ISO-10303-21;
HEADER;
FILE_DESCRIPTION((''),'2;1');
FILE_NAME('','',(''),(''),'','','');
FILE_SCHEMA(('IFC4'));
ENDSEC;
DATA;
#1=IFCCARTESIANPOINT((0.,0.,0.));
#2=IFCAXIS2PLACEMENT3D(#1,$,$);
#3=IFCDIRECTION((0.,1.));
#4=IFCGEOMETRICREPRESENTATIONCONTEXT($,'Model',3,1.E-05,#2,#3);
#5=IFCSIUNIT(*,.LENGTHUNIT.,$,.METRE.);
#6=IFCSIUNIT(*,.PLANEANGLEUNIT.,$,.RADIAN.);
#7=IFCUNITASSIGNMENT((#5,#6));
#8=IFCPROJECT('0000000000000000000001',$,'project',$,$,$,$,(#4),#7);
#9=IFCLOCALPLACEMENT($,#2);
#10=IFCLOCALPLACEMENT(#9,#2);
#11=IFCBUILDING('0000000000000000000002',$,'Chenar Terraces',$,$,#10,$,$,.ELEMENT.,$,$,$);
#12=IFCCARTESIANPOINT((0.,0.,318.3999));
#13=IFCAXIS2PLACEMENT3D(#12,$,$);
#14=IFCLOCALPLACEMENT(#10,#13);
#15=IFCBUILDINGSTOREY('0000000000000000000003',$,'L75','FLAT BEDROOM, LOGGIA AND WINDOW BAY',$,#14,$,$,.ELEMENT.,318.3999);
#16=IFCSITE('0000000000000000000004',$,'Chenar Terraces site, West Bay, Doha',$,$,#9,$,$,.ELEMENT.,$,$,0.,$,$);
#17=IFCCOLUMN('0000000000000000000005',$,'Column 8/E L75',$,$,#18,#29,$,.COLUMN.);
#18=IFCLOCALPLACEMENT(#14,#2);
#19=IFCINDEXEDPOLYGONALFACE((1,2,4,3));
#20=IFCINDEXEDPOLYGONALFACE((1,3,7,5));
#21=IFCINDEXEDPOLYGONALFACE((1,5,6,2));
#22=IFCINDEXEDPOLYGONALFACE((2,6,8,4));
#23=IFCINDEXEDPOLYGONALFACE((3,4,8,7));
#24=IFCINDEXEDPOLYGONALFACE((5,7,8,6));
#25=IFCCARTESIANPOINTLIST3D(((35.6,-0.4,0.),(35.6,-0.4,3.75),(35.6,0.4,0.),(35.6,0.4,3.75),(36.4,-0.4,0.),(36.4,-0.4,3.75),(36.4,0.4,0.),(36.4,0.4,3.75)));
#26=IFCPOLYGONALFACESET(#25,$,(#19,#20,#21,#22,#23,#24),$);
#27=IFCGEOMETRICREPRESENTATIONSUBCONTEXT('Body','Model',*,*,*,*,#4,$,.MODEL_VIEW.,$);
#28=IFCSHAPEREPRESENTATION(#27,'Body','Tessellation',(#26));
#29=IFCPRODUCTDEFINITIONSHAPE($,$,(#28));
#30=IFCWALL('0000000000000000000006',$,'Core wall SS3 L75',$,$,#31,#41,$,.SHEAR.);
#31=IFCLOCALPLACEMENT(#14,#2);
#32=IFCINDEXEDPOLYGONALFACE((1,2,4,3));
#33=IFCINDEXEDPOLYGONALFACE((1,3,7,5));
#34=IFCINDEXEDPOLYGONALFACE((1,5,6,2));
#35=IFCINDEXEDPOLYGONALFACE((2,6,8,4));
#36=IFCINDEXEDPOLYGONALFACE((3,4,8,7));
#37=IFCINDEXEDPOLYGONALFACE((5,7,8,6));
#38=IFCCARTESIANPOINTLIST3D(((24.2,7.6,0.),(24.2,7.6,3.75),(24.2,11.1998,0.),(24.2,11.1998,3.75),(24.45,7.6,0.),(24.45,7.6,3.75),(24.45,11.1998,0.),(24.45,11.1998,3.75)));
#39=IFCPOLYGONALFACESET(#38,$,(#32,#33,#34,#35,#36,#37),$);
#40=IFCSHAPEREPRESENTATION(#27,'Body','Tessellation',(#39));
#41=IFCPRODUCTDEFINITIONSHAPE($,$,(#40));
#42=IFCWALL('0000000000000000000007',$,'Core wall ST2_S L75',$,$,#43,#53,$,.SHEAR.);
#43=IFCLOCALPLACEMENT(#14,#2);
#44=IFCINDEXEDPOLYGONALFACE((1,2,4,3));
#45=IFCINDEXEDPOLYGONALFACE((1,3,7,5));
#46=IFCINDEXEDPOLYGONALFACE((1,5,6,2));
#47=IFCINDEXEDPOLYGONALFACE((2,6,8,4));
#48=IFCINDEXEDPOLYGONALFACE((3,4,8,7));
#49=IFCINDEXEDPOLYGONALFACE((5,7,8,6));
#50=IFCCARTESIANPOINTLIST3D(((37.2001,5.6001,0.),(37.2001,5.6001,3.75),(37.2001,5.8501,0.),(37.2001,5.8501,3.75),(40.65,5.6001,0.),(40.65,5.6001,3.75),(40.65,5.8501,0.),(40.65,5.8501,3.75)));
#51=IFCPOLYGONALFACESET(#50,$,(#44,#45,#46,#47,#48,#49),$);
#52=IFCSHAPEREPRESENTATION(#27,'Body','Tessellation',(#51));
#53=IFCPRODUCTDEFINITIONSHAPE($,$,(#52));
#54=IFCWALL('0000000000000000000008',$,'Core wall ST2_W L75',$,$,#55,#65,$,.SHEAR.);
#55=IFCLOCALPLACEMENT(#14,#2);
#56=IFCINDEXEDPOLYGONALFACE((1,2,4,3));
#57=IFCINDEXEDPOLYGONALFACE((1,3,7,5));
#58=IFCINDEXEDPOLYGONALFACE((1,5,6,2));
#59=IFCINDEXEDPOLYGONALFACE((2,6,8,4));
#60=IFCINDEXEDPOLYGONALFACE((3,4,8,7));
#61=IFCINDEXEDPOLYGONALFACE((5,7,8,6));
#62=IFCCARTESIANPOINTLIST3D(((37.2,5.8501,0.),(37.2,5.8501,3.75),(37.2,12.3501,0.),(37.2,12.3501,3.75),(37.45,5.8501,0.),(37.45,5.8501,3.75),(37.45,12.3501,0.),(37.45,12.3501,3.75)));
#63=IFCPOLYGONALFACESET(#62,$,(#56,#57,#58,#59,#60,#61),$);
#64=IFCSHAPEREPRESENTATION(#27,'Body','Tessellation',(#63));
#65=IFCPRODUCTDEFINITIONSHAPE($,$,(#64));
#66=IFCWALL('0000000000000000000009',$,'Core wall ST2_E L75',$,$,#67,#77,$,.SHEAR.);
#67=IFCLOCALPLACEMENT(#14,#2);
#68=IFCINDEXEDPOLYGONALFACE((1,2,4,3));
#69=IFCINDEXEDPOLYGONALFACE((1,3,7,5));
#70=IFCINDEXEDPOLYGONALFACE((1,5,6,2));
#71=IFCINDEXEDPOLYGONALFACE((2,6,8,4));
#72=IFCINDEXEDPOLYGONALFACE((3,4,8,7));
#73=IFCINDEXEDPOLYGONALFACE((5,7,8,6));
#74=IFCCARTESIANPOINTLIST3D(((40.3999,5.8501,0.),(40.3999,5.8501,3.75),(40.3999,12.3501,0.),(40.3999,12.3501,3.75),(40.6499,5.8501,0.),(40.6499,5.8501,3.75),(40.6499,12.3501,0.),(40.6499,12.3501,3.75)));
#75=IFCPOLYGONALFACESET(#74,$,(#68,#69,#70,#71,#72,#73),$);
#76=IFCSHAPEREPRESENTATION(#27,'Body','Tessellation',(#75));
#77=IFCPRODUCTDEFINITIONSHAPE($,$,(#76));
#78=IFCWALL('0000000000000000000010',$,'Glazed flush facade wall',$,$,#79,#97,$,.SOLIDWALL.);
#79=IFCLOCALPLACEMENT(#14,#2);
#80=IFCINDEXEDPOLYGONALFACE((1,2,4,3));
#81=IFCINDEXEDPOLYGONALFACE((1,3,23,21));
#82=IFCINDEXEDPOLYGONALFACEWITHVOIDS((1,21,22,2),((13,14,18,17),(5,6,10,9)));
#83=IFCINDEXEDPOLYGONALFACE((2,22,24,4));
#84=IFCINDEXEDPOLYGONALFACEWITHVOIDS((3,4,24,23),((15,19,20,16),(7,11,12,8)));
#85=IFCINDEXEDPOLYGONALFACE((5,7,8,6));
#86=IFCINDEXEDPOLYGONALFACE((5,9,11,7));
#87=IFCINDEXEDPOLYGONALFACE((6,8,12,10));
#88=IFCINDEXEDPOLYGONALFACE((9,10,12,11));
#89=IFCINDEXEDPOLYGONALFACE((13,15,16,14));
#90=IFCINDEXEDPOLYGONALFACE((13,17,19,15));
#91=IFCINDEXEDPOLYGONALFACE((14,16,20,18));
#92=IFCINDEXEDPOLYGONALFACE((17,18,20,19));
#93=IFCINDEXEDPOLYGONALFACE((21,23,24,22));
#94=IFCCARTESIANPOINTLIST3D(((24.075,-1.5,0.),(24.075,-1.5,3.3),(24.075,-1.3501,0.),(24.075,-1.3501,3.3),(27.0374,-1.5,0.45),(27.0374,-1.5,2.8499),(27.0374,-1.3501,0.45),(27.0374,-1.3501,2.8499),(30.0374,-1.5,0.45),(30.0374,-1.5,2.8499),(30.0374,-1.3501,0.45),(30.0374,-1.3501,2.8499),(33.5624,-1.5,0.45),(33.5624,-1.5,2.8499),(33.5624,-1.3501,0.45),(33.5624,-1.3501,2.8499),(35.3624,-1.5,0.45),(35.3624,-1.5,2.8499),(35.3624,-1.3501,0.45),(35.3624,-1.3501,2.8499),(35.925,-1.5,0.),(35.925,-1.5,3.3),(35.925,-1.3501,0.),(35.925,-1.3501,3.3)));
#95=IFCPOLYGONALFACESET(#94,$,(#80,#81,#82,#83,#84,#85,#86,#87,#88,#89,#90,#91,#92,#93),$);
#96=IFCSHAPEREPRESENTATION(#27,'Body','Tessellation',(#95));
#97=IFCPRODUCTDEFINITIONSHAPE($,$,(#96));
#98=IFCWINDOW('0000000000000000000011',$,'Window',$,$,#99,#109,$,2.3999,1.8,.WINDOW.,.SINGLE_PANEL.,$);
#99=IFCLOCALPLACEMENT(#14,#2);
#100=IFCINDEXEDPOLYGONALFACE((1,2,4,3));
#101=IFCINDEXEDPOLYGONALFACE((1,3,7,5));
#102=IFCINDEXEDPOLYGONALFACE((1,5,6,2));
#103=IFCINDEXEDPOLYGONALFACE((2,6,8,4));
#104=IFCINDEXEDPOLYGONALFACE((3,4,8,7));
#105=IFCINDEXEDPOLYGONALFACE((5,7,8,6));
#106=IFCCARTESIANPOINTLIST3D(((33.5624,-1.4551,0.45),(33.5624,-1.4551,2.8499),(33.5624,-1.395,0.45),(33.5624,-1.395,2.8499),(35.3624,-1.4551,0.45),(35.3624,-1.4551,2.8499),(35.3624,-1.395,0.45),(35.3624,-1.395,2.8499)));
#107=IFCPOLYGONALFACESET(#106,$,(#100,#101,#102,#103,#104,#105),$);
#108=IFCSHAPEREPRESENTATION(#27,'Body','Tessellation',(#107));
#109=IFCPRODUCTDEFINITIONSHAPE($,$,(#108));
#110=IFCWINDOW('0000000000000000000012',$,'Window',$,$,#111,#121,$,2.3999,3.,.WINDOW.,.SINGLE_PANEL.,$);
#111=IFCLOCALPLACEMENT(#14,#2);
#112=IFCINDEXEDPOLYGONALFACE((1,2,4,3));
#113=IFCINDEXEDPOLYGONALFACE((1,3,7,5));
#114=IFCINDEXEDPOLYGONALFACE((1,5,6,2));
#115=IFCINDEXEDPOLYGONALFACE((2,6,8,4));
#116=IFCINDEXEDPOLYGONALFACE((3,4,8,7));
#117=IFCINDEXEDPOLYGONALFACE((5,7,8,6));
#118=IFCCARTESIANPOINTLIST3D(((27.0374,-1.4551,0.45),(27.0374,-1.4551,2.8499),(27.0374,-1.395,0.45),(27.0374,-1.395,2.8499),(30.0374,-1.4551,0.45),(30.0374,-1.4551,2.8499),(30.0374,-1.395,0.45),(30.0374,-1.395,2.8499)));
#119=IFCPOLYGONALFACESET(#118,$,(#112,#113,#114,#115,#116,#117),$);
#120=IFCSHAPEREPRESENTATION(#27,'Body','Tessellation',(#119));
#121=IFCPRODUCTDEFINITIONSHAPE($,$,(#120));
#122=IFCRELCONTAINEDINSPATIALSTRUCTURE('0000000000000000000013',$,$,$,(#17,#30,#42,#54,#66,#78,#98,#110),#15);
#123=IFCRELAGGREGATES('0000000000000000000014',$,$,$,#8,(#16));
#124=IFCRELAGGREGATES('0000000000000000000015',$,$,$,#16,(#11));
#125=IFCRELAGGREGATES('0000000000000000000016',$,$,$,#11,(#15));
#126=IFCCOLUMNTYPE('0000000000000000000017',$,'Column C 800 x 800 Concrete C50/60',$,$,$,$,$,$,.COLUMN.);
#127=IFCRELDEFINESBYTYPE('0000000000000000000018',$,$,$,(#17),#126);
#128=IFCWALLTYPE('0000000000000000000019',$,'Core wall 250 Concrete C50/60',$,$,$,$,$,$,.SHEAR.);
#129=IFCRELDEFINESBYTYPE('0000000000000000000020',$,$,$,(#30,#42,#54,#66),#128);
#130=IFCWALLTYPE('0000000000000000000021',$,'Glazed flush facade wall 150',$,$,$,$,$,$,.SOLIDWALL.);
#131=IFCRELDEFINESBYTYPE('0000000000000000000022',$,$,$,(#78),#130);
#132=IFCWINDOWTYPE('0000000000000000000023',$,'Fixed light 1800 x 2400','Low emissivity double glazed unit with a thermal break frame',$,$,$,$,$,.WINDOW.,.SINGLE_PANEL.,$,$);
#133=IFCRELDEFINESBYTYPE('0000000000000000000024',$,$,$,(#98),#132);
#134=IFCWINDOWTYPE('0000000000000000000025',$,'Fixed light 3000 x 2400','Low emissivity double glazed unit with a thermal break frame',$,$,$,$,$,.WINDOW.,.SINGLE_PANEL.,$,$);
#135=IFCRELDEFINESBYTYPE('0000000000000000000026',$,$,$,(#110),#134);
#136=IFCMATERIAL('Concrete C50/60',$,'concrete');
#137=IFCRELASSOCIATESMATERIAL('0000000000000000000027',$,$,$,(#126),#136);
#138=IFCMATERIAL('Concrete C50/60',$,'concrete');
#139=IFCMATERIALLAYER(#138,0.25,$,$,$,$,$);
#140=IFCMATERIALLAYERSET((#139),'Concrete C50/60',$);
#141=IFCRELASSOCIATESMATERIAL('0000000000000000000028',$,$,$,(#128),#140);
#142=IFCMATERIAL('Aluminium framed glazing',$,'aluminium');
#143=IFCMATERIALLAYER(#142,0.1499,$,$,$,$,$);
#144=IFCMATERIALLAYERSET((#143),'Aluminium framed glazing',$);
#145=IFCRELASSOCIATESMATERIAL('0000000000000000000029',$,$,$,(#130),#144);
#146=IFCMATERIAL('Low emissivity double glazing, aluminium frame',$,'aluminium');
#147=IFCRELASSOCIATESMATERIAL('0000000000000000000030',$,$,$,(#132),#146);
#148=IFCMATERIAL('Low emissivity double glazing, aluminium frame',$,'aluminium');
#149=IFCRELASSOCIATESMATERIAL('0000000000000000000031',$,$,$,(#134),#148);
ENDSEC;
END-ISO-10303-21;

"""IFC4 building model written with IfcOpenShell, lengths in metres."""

from ifc_helpers import new_model, si_unit, direction, frame, frame_2d, origin, origin_2d, place, context, subcontext, project, spatial, rectangle, extrude, material, layer, layer_set, material_profile, profile_set, type_object, element, fill, save


model = new_model("IFC4")

# Units and contexts
model_context = context("Model", 3, precision=1e-05, world=origin(), true_north=direction((0.0, 1.0)))
body_context = subcontext(model_context, "Body", "Model", "MODEL_VIEW")
ifc_project = project(units=[si_unit("LENGTHUNIT", "METRE"), si_unit("PLANEANGLEUNIT", "RADIAN")], contexts=[model_context])

# Site, building, storey
site_placement = place(None, origin())
site = spatial("IfcSite", under=ifc_project, at=site_placement, Name="Chenar Terraces site, West Bay, Doha", CompositionType="ELEMENT", RefElevation=0.0)
building_placement = place(site_placement, origin())
building = spatial("IfcBuilding", under=site, at=building_placement, Name="Chenar Terraces", CompositionType="ELEMENT")
storey_placement = place(building_placement, frame((0.0, 0.0, 318.3999)))
storey = spatial("IfcBuildingStorey", under=building, at=storey_placement, Name="L75", Description="FLAT BEDROOM, LOGGIA AND WINDOW BAY", CompositionType="ELEMENT", Elevation=318.3999)

# Column
ifc_material_1 = material(Name="Concrete C50/60", Category="concrete")
ifc_material_profile = material_profile(ifc_material_1, rectangle(XDim=0.8, YDim=0.8, at=origin_2d()), Name="C 800 x 800")
ifc_profile_set = profile_set([ifc_material_profile], Name="Concrete C50/60")
column_type = type_object("IfcColumnType", Name="Column C 800 x 800 Concrete C50/60", PredefinedType="COLUMN", material=ifc_profile_set)
column_placement = place(storey_placement, frame((36.0, 0.0, 0.0), z_axis=(0.0, 0.0, 1.0), x_axis=(1.0, 0.0, 0.0)))
element("IfcColumn", 1, at=column_placement, inside=storey, type_object=column_type, Name="Column 8/E L75", PredefinedType="COLUMN", context=body_context, shape_type="SweptSolid", body=[
    extrude(rectangle(XDim=0.8, YDim=0.8, at=origin_2d()), origin(), (0.0, 0.0, 1.0), 3.75),
])

# Walls
ifc_material_2 = material(Name="Concrete C50/60", Category="concrete")
ifc_layer_1 = layer(ifc_material_2, 0.25)
ifc_layer_set_1 = layer_set([ifc_layer_1], Name="Concrete C50/60")
wall_type_1 = type_object("IfcWallType", Name="Core wall 250 Concrete C50/60", PredefinedType="SHEAR", material=ifc_layer_set_1)
wall_1_placement = place(storey_placement, frame((24.325, 7.6001, 0.0), z_axis=(0.0, 0.0, 1.0), x_axis=(0.0, 1.0, 0.0)))
element("IfcWall", 2, at=wall_1_placement, inside=storey, type_object=wall_type_1, Name="Core wall SS3 L75", PredefinedType="SHEAR", context=body_context, shape_type="SweptSolid", body=[
    extrude(rectangle(XDim=3.5999, YDim=0.25, at=frame_2d((1.7998, 0.0))), origin(), (0.0, 0.0, 1.0), 3.75),
])
wall_2_placement = place(storey_placement, frame((37.2, 5.7251, 0.0), z_axis=(0.0, 0.0, 1.0), x_axis=(1.0, 0.0, 0.0)))
element("IfcWall", 3, at=wall_2_placement, inside=storey, type_object=wall_type_1, Name="Core wall ST2_S L75", PredefinedType="SHEAR", context=body_context, shape_type="SweptSolid", body=[
    extrude(rectangle(XDim=3.45, YDim=0.25, at=frame_2d((1.7251, 0.0))), origin(), (0.0, 0.0, 1.0), 3.75),
])
for number, where, z_axis, x_axis, name in (
    (4, (37.325, 5.8501, 0.0), (0.0, 0.0, 1.0), (0.0, 1.0, 0.0), "Core wall ST2_W L75"),
    (5, (40.5249, 5.8501, 0.0), (0.0, 0.0, 1.0), (0.0, 1.0, 0.0), "Core wall ST2_E L75"),
):
    element("IfcWall", number, at=place(storey_placement, frame(where, z_axis=z_axis, x_axis=x_axis)), inside=storey, type_object=wall_type_1, Name=name, PredefinedType="SHEAR", context=body_context, shape_type="SweptSolid", body=[
        extrude(rectangle(XDim=6.5, YDim=0.25, at=frame_2d((3.25, 0.0))), origin(), (0.0, 0.0, 1.0), 3.75),
    ])

# Wall, openings, windows
ifc_material_3 = material(Name="Aluminium framed glazing", Category="aluminium")
ifc_layer_2 = layer(ifc_material_3, 0.1499)
ifc_layer_set_2 = layer_set([ifc_layer_2], Name="Aluminium framed glazing")
wall_type_2 = type_object("IfcWallType", Name="Glazed flush facade wall 150", PredefinedType="SOLIDWALL", material=ifc_layer_set_2)
wall_3_placement = place(storey_placement, frame((24.075, -1.425, 0.0), z_axis=(0.0, 0.0, 1.0), x_axis=(1.0, 0.0, 0.0)))
wall_3 = element("IfcWall", 6, at=wall_3_placement, inside=storey, type_object=wall_type_2, Name="Glazed flush facade wall", PredefinedType="SOLIDWALL", context=body_context, shape_type="SweptSolid", body=[
    extrude(rectangle(XDim=11.8501, YDim=0.1499, at=frame_2d((5.925, 0.0))), origin(), (0.0, 0.0, 1.0), 3.3),
])
opening_1_placement = place(wall_3_placement, frame((2.9624, 0.0, 0.45)))
opening_1 = element("IfcOpeningElement", 7, at=opening_1_placement, cuts=wall_3, PredefinedType="OPENING", context=body_context, shape_type="SweptSolid", body=[
    extrude(rectangle(XDim=3.0, YDim=2.3999, at=frame_2d((1.5, 1.2))), frame((0.0, 0.085, 0.0), z_axis=(0.0, -1.0, 0.0), x_axis=(1.0, 0.0, 0.0)), (0.0, 0.0, 1.0), 0.1699),
])
opening_2_placement = place(wall_3_placement, frame((9.4875, 0.0, 0.45)))
opening_2 = element("IfcOpeningElement", 8, at=opening_2_placement, cuts=wall_3, PredefinedType="OPENING", context=body_context, shape_type="SweptSolid", body=[
    extrude(rectangle(XDim=1.8, YDim=2.3999, at=frame_2d((0.8999, 1.2))), frame((0.0, 0.085, 0.0), z_axis=(0.0, -1.0, 0.0), x_axis=(1.0, 0.0, 0.0)), (0.0, 0.0, 1.0), 0.1699),
])
ifc_material_4 = material(Name="Low emissivity double glazing, aluminium frame", Category="aluminium")
window_type_1 = type_object("IfcWindowType", Name="Fixed light 1800 x 2400", Description="Low emissivity double glazed unit with a thermal break frame", PartitioningType="SINGLE_PANEL", PredefinedType="WINDOW", material=ifc_material_4)
window_1_placement = place(opening_2_placement, origin())
window_1 = element("IfcWindow", 9, at=window_1_placement, inside=storey, type_object=window_type_1, Name="Window", OverallHeight=2.3999, OverallWidth=1.8, PartitioningType="SINGLE_PANEL", PredefinedType="WINDOW", context=body_context, shape_type="SweptSolid", body=[
    extrude(rectangle(XDim=1.8, YDim=2.3999, at=frame_2d((0.8999, 1.2))), frame((0.0, 0.03, 0.0), z_axis=(0.0, -1.0, 0.0), x_axis=(1.0, 0.0, 0.0)), (0.0, 0.0, 1.0), 0.0601),
])
fill(opening_2, window_1)
ifc_material_5 = material(Name="Low emissivity double glazing, aluminium frame", Category="aluminium")
window_type_2 = type_object("IfcWindowType", Name="Fixed light 3000 x 2400", Description="Low emissivity double glazed unit with a thermal break frame", PartitioningType="SINGLE_PANEL", PredefinedType="WINDOW", material=ifc_material_5)
window_2_placement = place(opening_1_placement, origin())
window_2 = element("IfcWindow", 10, at=window_2_placement, inside=storey, type_object=window_type_2, Name="Window", OverallHeight=2.3999, OverallWidth=3.0, PartitioningType="SINGLE_PANEL", PredefinedType="WINDOW", context=body_context, shape_type="SweptSolid", body=[
    extrude(rectangle(XDim=3.0, YDim=2.3999, at=frame_2d((1.5, 1.2))), frame((0.0, 0.03, 0.0), z_axis=(0.0, -1.0, 0.0), x_axis=(1.0, 0.0, 0.0)), (0.0, 0.0, 1.0), 0.0601),
])
fill(opening_1, window_2)

save(model, "model.ifc")
